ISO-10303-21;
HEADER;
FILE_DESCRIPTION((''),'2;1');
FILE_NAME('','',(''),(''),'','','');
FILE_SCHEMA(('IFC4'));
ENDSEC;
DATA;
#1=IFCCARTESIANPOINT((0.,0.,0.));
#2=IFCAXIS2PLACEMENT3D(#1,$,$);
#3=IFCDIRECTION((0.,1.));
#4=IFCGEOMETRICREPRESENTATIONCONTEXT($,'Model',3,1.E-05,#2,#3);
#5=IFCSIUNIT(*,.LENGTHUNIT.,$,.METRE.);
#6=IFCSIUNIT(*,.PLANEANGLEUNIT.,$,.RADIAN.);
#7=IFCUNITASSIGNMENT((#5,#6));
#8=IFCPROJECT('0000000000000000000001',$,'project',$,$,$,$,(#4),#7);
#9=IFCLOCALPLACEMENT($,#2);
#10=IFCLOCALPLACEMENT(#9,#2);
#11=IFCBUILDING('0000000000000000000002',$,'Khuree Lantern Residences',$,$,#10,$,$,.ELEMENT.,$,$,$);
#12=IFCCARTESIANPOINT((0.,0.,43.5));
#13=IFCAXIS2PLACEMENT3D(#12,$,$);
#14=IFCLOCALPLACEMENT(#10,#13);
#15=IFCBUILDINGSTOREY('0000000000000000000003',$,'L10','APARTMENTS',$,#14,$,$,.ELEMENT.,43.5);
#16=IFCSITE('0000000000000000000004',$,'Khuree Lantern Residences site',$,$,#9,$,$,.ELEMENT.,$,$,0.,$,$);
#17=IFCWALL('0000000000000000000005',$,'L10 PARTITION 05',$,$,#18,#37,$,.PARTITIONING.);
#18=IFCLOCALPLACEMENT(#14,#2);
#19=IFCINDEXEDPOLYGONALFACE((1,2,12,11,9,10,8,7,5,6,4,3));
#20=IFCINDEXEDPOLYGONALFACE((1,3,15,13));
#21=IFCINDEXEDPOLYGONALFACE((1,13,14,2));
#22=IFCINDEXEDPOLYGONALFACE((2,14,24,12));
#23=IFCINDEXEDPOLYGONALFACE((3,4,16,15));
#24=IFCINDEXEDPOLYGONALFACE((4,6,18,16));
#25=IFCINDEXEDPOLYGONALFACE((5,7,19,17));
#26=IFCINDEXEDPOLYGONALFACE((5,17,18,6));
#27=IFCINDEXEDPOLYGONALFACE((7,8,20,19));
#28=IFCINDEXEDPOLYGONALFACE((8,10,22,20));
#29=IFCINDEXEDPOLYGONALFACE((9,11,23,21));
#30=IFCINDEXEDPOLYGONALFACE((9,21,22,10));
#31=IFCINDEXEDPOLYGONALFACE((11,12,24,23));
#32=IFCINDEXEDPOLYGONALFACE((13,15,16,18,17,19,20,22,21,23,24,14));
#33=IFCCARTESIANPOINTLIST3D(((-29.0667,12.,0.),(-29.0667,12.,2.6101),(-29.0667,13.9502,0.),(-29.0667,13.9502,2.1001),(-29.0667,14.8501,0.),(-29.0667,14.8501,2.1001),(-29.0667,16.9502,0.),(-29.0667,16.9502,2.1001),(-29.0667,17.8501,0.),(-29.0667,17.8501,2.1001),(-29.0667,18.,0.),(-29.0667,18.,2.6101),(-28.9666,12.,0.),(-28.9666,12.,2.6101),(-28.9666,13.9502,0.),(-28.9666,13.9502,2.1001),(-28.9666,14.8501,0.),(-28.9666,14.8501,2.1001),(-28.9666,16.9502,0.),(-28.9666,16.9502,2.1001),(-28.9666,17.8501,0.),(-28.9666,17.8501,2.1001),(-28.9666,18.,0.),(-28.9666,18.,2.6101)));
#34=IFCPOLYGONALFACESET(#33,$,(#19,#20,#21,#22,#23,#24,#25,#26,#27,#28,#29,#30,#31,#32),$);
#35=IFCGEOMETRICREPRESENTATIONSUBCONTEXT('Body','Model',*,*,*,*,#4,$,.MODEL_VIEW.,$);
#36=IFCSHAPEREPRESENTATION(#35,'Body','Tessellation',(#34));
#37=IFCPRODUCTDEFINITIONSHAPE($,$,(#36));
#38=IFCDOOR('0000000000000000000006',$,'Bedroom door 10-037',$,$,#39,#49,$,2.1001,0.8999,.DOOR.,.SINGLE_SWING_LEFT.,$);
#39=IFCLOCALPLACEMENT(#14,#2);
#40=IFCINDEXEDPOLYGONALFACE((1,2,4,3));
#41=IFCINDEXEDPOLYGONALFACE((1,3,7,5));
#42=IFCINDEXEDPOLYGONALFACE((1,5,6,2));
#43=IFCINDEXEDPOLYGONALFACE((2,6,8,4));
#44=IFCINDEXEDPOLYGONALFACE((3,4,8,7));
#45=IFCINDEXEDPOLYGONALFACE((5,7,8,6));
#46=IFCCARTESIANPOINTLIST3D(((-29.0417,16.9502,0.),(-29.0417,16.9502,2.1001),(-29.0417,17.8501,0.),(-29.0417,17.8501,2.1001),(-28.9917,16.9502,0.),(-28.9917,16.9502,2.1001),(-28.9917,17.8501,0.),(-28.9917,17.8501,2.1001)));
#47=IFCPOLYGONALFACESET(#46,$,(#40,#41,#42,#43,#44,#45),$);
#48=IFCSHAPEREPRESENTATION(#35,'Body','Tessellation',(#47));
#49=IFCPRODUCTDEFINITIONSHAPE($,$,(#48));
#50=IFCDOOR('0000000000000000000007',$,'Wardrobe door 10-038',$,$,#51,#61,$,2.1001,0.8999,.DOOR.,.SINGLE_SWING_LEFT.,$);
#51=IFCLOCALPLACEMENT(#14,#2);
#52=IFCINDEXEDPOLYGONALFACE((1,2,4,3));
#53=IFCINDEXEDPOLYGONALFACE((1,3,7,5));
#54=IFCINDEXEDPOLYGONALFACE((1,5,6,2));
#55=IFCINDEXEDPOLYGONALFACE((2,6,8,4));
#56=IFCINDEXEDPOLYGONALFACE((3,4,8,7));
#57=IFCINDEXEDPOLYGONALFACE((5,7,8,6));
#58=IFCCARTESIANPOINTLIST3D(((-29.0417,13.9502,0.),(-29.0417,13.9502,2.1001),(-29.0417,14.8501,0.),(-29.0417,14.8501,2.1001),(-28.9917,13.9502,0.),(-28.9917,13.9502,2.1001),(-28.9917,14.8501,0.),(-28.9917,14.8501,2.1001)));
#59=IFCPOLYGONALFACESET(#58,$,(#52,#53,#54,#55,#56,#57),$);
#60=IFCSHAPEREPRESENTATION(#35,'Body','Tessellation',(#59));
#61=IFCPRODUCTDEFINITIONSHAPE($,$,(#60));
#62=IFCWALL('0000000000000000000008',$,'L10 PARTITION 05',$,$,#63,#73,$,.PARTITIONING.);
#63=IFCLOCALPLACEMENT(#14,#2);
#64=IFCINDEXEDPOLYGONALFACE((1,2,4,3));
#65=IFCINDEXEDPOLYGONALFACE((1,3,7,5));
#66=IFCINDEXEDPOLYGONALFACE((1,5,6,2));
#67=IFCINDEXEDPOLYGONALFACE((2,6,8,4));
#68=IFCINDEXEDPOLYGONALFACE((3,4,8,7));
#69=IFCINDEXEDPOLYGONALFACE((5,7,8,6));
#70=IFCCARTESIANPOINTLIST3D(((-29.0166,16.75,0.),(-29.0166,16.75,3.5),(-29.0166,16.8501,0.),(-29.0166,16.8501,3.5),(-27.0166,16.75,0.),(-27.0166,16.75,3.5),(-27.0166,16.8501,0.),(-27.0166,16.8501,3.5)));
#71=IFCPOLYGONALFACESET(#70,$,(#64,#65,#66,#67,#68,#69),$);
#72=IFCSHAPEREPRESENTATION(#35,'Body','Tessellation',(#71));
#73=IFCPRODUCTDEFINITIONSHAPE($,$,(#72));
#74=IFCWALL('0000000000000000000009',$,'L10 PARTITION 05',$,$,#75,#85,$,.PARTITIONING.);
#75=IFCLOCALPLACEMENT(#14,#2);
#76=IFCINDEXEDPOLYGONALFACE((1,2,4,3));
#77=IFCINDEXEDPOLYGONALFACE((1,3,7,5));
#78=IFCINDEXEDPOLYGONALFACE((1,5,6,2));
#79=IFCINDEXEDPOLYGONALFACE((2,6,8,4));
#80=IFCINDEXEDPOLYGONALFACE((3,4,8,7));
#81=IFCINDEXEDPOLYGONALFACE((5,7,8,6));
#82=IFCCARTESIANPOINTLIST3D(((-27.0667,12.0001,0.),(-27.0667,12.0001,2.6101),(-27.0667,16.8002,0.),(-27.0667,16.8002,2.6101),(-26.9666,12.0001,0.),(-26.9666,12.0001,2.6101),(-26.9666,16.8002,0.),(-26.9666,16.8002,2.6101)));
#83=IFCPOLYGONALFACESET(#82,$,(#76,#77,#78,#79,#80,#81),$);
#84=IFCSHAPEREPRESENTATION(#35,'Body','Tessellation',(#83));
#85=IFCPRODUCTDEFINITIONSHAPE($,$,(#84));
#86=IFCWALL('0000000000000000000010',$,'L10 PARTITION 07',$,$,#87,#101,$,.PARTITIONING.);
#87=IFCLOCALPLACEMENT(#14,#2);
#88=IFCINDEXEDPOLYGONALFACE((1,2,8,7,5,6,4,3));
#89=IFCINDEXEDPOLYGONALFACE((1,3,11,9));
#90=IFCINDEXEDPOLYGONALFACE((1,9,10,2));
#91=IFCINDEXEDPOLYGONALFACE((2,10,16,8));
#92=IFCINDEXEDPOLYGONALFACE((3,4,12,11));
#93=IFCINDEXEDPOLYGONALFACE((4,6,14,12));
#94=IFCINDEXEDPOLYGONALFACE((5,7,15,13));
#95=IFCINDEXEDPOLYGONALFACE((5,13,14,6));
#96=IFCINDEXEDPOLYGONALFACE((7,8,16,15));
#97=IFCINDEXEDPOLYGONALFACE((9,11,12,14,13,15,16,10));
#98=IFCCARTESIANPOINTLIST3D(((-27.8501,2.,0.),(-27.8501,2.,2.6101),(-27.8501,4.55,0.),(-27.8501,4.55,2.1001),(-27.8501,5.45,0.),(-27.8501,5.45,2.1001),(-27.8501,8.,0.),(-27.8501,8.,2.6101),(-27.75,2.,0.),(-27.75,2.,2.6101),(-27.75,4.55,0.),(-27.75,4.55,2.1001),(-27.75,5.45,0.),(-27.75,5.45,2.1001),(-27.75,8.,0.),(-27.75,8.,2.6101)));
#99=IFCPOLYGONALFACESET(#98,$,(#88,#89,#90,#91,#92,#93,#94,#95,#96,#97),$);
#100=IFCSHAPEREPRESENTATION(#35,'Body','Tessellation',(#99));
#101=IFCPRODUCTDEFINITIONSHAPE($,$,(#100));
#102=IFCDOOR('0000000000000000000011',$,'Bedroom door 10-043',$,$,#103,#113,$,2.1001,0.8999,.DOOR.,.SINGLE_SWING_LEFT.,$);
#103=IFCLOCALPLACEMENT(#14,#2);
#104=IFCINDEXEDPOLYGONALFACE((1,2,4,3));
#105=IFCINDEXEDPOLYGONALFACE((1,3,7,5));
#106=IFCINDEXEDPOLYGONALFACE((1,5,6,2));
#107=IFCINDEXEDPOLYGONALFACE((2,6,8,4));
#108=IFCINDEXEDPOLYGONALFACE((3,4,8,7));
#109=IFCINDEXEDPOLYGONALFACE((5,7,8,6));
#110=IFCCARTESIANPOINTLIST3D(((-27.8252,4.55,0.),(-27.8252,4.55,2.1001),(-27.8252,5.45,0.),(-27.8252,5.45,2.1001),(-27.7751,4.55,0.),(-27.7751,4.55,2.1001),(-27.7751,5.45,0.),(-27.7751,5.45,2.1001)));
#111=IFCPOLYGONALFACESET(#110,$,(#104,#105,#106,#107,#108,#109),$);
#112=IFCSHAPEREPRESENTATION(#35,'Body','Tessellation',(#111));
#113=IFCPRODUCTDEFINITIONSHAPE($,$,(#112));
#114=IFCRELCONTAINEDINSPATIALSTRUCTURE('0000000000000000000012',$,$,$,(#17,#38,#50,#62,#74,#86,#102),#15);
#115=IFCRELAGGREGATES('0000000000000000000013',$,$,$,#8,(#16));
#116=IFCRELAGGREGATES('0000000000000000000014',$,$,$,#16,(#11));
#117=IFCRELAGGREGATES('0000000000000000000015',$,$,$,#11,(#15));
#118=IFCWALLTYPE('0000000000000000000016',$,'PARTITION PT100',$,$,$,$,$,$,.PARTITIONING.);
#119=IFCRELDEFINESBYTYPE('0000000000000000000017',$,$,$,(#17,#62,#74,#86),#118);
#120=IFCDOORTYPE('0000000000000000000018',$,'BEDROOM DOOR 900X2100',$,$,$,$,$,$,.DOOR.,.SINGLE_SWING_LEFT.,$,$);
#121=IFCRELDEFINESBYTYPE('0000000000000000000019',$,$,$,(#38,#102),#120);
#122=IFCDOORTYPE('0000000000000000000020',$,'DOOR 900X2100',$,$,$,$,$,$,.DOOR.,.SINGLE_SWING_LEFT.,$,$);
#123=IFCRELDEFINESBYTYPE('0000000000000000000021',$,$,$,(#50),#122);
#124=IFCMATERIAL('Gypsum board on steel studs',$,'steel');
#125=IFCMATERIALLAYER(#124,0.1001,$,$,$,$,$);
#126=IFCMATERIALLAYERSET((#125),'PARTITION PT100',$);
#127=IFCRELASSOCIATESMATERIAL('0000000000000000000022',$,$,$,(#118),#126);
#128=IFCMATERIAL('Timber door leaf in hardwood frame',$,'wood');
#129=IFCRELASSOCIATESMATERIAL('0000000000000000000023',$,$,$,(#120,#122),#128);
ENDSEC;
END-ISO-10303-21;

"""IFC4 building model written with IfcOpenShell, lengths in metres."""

from ifc_helpers import new_model, si_unit, direction, frame, frame_2d, origin, place, context, subcontext, project, spatial, rectangle, extrude, material, layer, layer_set, type_object, element, fill, save


model = new_model("IFC4")

# Units and contexts
model_context = context("Model", 3, precision=1e-05, world=origin(), true_north=direction((0.0, 1.0)))
body_context = subcontext(model_context, "Body", "Model", "MODEL_VIEW")
ifc_project = project(units=[si_unit("LENGTHUNIT", "METRE"), si_unit("PLANEANGLEUNIT", "RADIAN")], contexts=[model_context])

# Site, building, storey
site_placement = place(None, origin())
site = spatial("IfcSite", under=ifc_project, at=site_placement, Name="Khuree Lantern Residences site", CompositionType="ELEMENT", RefElevation=0.0)
building_placement = place(site_placement, origin())
building = spatial("IfcBuilding", under=site, at=building_placement, Name="Khuree Lantern Residences", CompositionType="ELEMENT")
storey_placement = place(building_placement, frame((0.0, 0.0, 43.5)))
storey = spatial("IfcBuildingStorey", under=building, at=storey_placement, Name="L10", Description="APARTMENTS", CompositionType="ELEMENT", Elevation=43.5)

# Shared definitions
ifc_material_1 = material(Name="Timber door leaf in hardwood frame", Category="wood")

# Shared definitions
ifc_material_2 = material(Name="Gypsum board on steel studs", Category="steel")
ifc_layer_1 = layer(ifc_material_2, 0.1001)
ifc_layer_set_1 = layer_set([ifc_layer_1], Name="PARTITION PT100")
wall_type_1 = type_object("IfcWallType", Name="PARTITION PT100", PredefinedType="PARTITIONING", material=ifc_layer_set_1)

# Wall, openings, doors
wall_1_placement = place(storey_placement, frame((-29.0166, 18.0, 0.0), z_axis=(0.0, 0.0, 1.0), x_axis=(0.0, -1.0, 0.0)))
wall_1 = element("IfcWall", 1, at=wall_1_placement, inside=storey, type_object=wall_type_1, Name="L10 PARTITION 05", PredefinedType="PARTITIONING", context=body_context, shape_type="SweptSolid", body=[
    extrude(rectangle(XDim=6.0, YDim=0.1001, at=frame_2d((3.0, 0.0))), origin(), (0.0, 0.0, 1.0), 2.6101),
])
opening_1_placement = place(wall_1_placement, frame((0.1499, 0.0, 0.0)))
opening_1 = element("IfcOpeningElement", 2, at=opening_1_placement, cuts=wall_1, PredefinedType="OPENING", context=body_context, shape_type="SweptSolid", body=[
    extrude(rectangle(XDim=0.8999, YDim=2.1001, at=frame_2d((0.45, 1.05))), frame((0.0, 0.0601, 0.0), z_axis=(0.0, -1.0, 0.0), x_axis=(1.0, 0.0, 0.0)), (0.0, 0.0, 1.0), 0.1201),
])
opening_2_placement = place(wall_1_placement, frame((3.1499, 0.0, 0.0)))
opening_2 = element("IfcOpeningElement", 3, at=opening_2_placement, cuts=wall_1, PredefinedType="OPENING", context=body_context, shape_type="SweptSolid", body=[
    extrude(rectangle(XDim=0.8999, YDim=2.1001, at=frame_2d((0.45, 1.05))), frame((0.0, 0.0601, 0.0), z_axis=(0.0, -1.0, 0.0), x_axis=(1.0, 0.0, 0.0)), (0.0, 0.0, 1.0), 0.1201),
])
door_type_1 = type_object("IfcDoorType", Name="BEDROOM DOOR 900X2100", OperationType="SINGLE_SWING_LEFT", PredefinedType="DOOR", material=ifc_material_1)
door_1_placement = place(opening_1_placement, origin())
door_1 = element("IfcDoor", 4, at=door_1_placement, inside=storey, type_object=door_type_1, Name="Bedroom door 10-037", OperationType="SINGLE_SWING_LEFT", OverallHeight=2.1001, OverallWidth=0.8999, PredefinedType="DOOR", context=body_context, shape_type="SweptSolid", body=[
    extrude(rectangle(XDim=0.8999, YDim=2.1001, at=frame_2d((0.45, 1.05))), frame((0.0, 0.0249, 0.0), z_axis=(0.0, -1.0, 0.0), x_axis=(1.0, 0.0, 0.0)), (0.0, 0.0, 1.0), 0.05),
])
fill(opening_1, door_1)
door_type_2 = type_object("IfcDoorType", Name="DOOR 900X2100", OperationType="SINGLE_SWING_LEFT", PredefinedType="DOOR", material=ifc_material_1)
door_2_placement = place(opening_2_placement, origin())
door_2 = element("IfcDoor", 5, at=door_2_placement, inside=storey, type_object=door_type_2, Name="Wardrobe door 10-038", OperationType="SINGLE_SWING_LEFT", OverallHeight=2.1001, OverallWidth=0.8999, PredefinedType="DOOR", context=body_context, shape_type="SweptSolid", body=[
    extrude(rectangle(XDim=0.8999, YDim=2.1001, at=frame_2d((0.45, 1.05))), frame((0.0, 0.0249, 0.0), z_axis=(0.0, -1.0, 0.0), x_axis=(1.0, 0.0, 0.0)), (0.0, 0.0, 1.0), 0.05),
])
fill(opening_2, door_2)

# Walls
wall_2_placement = place(storey_placement, frame((-27.0166, 16.8, 0.0), z_axis=(0.0, 0.0, 1.0), x_axis=(-1.0, 0.0, 0.0)))
element("IfcWall", 6, at=wall_2_placement, inside=storey, type_object=wall_type_1, Name="L10 PARTITION 05", PredefinedType="PARTITIONING", context=body_context, shape_type="SweptSolid", body=[
    extrude(rectangle(XDim=2.0, YDim=0.1001, at=frame_2d((1.0, 0.0))), origin(), (0.0, 0.0, 1.0), 3.5),
])
wall_3_placement = place(storey_placement, frame((-27.0166, 16.8, 0.0), z_axis=(0.0, 0.0, 1.0), x_axis=(0.0, -1.0, 0.0)))
element("IfcWall", 7, at=wall_3_placement, inside=storey, type_object=wall_type_1, Name="L10 PARTITION 05", PredefinedType="PARTITIONING", context=body_context, shape_type="SweptSolid", body=[
    extrude(rectangle(XDim=4.8, YDim=0.1001, at=frame_2d((2.3999, 0.0))), origin(), (0.0, 0.0, 1.0), 2.6101),
])

# Wall, opening, door
wall_4_placement = place(storey_placement, frame((-27.8, 8.0, 0.0), z_axis=(0.0, 0.0, 1.0), x_axis=(0.0, -1.0, 0.0)))
wall_4 = element("IfcWall", 8, at=wall_4_placement, inside=storey, type_object=wall_type_1, Name="L10 PARTITION 07", PredefinedType="PARTITIONING", context=body_context, shape_type="SweptSolid", body=[
    extrude(rectangle(XDim=6.0, YDim=0.1001, at=frame_2d((3.0, 0.0))), origin(), (0.0, 0.0, 1.0), 2.6101),
])
opening_3_placement = place(wall_4_placement, frame((2.55, 0.0, 0.0)))
opening_3 = element("IfcOpeningElement", 9, at=opening_3_placement, cuts=wall_4, PredefinedType="OPENING", context=body_context, shape_type="SweptSolid", body=[
    extrude(rectangle(XDim=0.8999, YDim=2.1001, at=frame_2d((0.45, 1.05))), frame((0.0, 0.0601, 0.0), z_axis=(0.0, -1.0, 0.0), x_axis=(1.0, 0.0, 0.0)), (0.0, 0.0, 1.0), 0.1201),
])
door_3_placement = place(opening_3_placement, origin())
door_3 = element("IfcDoor", 10, at=door_3_placement, inside=storey, type_object=door_type_1, Name="Bedroom door 10-043", OperationType="SINGLE_SWING_LEFT", OverallHeight=2.1001, OverallWidth=0.8999, PredefinedType="DOOR", context=body_context, shape_type="SweptSolid", body=[
    extrude(rectangle(XDim=0.8999, YDim=2.1001, at=frame_2d((0.45, 1.05))), frame((0.0, 0.0249, 0.0), z_axis=(0.0, -1.0, 0.0), x_axis=(1.0, 0.0, 0.0)), (0.0, 0.0, 1.0), 0.05),
])
fill(opening_3, door_3)

save(model, "model.ifc")
